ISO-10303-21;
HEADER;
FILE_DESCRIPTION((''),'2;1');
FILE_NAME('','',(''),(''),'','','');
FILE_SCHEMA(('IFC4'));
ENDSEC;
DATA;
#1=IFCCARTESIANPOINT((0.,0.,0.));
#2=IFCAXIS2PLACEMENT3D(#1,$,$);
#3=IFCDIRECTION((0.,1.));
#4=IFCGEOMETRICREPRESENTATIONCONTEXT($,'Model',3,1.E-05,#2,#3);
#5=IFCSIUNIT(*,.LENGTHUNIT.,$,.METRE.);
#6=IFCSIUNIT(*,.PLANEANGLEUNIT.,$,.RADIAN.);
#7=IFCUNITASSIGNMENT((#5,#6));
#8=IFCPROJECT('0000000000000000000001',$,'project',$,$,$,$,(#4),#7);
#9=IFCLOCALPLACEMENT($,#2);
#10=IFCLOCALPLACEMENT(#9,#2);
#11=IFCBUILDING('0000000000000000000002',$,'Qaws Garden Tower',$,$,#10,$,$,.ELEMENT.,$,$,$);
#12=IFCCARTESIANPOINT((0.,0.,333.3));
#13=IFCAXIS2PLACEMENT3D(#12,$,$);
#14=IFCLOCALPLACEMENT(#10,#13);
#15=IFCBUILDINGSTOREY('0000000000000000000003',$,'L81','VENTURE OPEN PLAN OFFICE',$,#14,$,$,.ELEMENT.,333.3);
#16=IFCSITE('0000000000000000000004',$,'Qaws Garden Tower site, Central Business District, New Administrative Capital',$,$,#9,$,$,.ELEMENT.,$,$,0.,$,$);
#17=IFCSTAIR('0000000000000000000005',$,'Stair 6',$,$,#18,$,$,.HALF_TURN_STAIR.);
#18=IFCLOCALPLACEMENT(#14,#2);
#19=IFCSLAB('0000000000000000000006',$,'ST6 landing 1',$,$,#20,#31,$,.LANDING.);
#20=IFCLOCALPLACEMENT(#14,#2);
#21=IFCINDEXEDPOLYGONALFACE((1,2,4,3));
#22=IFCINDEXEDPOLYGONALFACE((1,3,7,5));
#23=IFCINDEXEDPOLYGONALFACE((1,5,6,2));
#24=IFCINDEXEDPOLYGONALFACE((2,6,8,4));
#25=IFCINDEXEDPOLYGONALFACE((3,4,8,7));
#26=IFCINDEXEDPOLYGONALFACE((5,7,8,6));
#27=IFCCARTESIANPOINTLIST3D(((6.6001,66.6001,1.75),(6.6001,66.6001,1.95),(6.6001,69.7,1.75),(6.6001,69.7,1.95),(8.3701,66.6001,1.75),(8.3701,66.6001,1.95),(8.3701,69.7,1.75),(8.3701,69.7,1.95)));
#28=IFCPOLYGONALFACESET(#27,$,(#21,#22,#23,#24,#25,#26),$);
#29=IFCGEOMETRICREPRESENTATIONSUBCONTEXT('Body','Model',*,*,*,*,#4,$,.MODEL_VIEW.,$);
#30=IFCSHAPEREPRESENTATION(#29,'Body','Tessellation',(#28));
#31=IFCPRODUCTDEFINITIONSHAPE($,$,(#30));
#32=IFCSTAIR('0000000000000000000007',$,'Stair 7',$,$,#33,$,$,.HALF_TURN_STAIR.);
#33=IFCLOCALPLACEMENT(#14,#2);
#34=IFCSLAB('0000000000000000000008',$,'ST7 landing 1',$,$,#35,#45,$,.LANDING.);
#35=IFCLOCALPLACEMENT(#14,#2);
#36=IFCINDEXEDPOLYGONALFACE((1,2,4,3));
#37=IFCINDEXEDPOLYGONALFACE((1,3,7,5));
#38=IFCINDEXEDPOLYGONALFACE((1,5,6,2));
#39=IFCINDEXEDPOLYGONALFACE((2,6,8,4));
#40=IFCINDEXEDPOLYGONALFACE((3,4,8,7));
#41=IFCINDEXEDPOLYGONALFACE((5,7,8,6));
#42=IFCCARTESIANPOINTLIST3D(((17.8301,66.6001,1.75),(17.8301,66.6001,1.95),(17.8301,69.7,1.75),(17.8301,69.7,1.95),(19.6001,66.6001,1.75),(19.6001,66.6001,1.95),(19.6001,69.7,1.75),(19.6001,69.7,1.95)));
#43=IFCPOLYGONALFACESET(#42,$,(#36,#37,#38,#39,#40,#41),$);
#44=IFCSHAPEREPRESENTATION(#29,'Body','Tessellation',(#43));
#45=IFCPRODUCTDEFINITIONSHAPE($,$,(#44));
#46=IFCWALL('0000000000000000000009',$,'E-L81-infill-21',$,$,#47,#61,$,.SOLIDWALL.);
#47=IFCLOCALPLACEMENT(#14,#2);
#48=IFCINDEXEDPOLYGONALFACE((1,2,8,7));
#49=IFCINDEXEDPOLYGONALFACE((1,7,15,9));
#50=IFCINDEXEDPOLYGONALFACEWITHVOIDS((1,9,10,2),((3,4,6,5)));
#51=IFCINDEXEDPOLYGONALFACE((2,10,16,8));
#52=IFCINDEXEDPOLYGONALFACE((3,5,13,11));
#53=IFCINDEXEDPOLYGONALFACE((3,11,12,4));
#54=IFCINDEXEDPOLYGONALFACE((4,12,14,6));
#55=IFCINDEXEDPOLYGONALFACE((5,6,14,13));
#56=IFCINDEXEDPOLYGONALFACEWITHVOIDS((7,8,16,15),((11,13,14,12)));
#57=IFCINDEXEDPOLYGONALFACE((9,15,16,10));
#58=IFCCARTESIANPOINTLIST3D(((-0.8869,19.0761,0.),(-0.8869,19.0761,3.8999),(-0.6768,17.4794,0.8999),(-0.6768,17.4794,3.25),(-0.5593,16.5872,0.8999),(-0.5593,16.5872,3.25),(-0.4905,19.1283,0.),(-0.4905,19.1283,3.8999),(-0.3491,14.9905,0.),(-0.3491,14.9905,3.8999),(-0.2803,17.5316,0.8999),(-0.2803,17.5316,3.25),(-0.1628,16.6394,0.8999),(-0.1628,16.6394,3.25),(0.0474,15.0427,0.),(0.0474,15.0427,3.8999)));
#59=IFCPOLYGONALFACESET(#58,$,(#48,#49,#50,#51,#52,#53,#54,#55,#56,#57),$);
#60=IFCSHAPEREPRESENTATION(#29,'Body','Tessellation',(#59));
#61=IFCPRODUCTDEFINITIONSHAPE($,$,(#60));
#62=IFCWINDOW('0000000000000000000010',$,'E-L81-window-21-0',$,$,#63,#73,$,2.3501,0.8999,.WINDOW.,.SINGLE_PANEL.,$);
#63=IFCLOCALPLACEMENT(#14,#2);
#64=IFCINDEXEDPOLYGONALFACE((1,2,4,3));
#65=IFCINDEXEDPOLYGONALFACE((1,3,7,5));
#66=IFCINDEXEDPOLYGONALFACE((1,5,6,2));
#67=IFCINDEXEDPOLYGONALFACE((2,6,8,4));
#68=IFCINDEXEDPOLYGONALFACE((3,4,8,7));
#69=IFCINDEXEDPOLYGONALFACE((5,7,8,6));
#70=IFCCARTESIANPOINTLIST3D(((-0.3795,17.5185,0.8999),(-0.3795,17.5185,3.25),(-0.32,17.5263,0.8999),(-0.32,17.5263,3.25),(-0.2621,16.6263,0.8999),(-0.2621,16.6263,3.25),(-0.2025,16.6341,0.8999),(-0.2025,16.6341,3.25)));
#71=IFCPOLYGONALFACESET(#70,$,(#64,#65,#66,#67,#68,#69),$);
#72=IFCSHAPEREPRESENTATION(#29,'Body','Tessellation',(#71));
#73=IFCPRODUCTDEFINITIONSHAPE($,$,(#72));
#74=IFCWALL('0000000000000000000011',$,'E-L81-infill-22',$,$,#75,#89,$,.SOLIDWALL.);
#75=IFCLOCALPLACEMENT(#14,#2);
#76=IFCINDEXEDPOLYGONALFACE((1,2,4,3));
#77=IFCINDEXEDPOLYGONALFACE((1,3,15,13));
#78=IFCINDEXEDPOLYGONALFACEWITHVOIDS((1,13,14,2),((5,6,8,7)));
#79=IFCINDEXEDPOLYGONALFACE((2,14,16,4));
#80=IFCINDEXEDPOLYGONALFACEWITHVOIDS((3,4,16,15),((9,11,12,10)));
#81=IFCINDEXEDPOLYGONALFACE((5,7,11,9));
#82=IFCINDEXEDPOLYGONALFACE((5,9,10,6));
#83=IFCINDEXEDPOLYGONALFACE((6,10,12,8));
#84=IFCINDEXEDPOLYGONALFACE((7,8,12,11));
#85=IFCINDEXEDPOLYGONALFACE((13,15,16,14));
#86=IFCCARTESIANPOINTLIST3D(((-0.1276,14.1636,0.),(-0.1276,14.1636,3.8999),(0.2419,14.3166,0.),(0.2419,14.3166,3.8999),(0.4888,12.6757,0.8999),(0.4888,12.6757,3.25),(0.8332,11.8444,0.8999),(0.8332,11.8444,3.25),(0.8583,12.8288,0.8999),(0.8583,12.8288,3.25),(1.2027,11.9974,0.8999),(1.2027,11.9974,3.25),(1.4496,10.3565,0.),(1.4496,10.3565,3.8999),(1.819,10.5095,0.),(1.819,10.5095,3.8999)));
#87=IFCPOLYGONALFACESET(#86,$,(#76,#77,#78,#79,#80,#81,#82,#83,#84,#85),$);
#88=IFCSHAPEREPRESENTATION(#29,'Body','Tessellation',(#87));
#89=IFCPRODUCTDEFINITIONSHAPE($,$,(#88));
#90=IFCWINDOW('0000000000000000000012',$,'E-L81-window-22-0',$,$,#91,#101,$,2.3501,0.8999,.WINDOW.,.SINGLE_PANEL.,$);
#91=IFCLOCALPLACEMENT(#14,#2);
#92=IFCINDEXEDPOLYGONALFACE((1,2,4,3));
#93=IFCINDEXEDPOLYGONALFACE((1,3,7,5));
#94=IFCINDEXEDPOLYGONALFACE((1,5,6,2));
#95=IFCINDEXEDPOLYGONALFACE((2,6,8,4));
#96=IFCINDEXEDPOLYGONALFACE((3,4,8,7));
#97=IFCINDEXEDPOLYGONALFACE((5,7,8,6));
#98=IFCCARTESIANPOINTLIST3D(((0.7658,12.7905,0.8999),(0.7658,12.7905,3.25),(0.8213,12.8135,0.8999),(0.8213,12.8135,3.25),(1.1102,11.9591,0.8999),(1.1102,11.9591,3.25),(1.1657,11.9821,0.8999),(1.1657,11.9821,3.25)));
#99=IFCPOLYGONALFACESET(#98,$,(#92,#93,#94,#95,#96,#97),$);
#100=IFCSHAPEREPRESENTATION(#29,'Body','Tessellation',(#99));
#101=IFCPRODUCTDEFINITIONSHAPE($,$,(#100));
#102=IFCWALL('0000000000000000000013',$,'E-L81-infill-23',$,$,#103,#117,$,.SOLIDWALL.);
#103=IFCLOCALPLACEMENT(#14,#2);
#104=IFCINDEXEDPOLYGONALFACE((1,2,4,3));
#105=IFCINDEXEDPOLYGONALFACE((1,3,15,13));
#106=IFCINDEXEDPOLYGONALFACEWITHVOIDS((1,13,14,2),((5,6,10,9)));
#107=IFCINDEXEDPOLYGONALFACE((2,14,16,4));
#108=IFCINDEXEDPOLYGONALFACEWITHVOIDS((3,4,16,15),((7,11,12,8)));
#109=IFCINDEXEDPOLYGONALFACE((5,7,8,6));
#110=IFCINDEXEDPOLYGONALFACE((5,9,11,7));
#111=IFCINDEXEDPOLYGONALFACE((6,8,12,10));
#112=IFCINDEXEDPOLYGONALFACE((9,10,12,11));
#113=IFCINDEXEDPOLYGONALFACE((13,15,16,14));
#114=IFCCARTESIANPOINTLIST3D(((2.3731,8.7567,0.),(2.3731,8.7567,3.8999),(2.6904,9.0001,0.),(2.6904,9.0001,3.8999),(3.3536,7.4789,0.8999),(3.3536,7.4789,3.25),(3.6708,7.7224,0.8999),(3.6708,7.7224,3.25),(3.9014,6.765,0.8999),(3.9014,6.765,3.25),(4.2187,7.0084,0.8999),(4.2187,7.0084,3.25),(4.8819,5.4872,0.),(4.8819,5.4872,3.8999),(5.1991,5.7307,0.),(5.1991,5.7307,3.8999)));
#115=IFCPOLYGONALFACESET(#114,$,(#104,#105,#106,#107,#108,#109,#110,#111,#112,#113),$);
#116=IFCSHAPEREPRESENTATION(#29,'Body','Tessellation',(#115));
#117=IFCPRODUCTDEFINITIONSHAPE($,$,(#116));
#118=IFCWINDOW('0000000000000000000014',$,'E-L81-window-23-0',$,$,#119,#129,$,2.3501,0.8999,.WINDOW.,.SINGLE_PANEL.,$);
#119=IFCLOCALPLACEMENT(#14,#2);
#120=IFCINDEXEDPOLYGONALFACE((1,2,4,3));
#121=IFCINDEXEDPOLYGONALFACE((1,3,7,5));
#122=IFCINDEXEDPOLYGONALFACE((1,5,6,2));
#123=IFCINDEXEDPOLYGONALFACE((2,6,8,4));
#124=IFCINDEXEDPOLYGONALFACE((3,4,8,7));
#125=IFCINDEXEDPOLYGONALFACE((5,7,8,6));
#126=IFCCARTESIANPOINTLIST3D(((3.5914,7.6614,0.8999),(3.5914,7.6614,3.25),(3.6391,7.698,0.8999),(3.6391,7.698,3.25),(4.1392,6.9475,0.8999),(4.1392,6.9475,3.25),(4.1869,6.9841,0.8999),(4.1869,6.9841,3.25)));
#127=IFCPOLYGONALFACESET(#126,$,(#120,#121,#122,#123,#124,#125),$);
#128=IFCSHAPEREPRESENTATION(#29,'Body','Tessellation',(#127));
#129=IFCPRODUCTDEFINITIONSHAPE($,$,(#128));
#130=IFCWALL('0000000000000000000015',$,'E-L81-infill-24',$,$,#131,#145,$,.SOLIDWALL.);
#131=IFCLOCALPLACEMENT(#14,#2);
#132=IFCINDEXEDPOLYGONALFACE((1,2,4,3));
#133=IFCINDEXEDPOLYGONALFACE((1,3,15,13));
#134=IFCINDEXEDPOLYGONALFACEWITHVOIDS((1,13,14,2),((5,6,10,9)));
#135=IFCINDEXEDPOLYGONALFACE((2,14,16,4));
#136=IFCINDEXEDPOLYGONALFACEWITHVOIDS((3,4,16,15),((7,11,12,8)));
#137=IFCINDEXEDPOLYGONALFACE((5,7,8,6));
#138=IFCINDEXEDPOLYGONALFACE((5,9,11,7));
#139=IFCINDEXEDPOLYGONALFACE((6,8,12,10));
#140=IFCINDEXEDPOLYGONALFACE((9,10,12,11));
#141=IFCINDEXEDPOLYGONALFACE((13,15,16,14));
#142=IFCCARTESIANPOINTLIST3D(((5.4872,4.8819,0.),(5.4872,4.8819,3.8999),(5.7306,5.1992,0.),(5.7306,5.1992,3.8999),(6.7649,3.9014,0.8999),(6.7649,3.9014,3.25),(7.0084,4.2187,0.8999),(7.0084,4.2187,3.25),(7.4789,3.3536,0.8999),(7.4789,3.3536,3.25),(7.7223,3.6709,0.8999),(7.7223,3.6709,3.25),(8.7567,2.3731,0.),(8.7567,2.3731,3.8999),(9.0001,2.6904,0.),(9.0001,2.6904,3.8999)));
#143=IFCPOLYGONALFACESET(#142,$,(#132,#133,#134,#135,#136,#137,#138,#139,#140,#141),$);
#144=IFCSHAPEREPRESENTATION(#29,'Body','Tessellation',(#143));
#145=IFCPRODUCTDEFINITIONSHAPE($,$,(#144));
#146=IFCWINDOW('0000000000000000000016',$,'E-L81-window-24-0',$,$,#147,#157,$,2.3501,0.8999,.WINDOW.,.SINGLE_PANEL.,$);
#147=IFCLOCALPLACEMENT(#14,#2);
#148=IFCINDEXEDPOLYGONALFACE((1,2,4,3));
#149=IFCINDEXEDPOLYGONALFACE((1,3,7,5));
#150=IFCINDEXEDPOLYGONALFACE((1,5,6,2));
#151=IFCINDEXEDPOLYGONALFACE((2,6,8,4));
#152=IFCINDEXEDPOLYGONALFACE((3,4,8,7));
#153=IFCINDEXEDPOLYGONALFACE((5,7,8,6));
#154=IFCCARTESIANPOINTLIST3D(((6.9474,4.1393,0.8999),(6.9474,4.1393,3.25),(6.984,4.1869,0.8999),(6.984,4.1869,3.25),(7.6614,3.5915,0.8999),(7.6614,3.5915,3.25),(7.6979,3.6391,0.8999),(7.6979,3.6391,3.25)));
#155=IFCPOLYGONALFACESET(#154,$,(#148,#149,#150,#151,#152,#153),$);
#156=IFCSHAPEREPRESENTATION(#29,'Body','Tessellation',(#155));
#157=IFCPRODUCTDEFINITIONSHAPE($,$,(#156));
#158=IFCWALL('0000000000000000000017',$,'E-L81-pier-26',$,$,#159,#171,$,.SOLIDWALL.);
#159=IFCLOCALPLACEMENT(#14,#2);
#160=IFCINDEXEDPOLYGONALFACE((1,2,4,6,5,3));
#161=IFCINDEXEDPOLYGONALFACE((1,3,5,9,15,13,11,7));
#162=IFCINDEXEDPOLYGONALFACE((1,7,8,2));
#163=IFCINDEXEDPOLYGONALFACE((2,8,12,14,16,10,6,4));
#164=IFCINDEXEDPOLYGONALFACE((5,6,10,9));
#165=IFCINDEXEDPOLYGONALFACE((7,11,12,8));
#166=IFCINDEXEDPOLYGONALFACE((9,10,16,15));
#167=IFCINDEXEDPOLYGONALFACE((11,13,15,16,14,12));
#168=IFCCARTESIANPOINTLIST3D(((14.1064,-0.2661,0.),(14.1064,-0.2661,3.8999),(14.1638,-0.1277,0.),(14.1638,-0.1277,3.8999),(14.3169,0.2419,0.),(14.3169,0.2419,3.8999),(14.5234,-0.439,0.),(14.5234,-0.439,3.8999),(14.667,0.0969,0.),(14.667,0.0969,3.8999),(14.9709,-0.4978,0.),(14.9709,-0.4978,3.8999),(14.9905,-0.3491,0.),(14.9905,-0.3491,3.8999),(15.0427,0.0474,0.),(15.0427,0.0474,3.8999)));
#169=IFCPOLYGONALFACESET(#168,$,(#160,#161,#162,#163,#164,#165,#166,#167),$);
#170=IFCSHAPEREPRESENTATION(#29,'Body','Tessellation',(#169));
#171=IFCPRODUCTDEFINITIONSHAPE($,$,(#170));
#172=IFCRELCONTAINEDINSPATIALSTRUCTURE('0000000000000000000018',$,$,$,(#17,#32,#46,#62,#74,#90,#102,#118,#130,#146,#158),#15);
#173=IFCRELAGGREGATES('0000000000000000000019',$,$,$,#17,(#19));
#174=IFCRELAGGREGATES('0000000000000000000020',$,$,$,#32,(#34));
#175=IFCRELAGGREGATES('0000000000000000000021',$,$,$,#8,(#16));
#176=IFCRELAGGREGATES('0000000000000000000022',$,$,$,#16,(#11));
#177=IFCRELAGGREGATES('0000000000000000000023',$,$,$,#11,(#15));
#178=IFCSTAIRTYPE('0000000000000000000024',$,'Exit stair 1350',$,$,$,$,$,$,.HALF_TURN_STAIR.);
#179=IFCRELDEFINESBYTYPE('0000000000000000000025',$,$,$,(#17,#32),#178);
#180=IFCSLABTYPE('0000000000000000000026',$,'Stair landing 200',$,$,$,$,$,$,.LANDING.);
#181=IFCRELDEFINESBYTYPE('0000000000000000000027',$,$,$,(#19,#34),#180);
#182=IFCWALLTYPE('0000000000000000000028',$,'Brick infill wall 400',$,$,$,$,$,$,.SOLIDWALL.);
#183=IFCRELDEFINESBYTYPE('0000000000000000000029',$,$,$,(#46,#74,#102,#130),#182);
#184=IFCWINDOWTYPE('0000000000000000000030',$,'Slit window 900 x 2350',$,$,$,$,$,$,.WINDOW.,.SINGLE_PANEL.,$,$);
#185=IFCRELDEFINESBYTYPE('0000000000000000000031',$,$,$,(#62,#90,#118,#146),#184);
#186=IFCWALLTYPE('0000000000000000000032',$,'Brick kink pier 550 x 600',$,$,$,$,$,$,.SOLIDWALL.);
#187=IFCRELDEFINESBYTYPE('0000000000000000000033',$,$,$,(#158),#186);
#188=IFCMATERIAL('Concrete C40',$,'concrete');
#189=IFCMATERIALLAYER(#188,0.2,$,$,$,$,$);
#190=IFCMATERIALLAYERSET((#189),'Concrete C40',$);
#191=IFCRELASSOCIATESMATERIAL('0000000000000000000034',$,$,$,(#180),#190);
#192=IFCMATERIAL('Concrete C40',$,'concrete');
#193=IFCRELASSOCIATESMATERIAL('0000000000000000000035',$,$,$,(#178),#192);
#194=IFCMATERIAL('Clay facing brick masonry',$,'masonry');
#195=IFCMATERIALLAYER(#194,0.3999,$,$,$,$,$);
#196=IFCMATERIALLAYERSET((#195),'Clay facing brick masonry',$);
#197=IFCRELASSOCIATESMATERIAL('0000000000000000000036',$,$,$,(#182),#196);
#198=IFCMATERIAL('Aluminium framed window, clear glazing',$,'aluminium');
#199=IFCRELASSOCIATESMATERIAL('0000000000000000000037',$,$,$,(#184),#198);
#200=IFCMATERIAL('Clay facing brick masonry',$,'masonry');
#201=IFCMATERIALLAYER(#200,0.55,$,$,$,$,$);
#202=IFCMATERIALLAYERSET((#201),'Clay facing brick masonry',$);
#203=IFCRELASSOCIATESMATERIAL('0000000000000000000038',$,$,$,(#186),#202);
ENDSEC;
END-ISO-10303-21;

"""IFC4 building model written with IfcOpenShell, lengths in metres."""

from ifc_helpers import new_model, si_unit, direction, frame, frame_2d, origin, place, context, subcontext, project, spatial, polyline, rectangle, outline, extrude, material, layer, layer_set, type_object, element, fill, aggregate, save


model = new_model("IFC4")

# Units and contexts
model_context = context("Model", 3, precision=1e-05, world=origin(), true_north=direction((0.0, 1.0)))
body_context = subcontext(model_context, "Body", "Model", "MODEL_VIEW")
ifc_project = project(units=[si_unit("LENGTHUNIT", "METRE"), si_unit("PLANEANGLEUNIT", "RADIAN")], contexts=[model_context])

# Site, building, storey
site_placement = place(None, origin())
site = spatial("IfcSite", under=ifc_project, at=site_placement, Name="Qaws Garden Tower site, Central Business District, New Administrative Capital", CompositionType="ELEMENT", RefElevation=0.0)
building_placement = place(site_placement, origin())
building = spatial("IfcBuilding", under=site, at=building_placement, Name="Qaws Garden Tower", CompositionType="ELEMENT")
storey_placement = place(building_placement, frame((0.0, 0.0, 333.3)))
storey = spatial("IfcBuildingStorey", under=building, at=storey_placement, Name="L81", Description="VENTURE OPEN PLAN OFFICE", CompositionType="ELEMENT", Elevation=333.3)

# Stairs, slabs
placement_1 = place(storey_placement, origin())
ifc_material_1 = material(Name="Concrete C40", Category="concrete")
ifc_layer_1 = layer(ifc_material_1, 0.2)
ifc_layer_set_1 = layer_set([ifc_layer_1], Name="Concrete C40")
slab_type = type_object("IfcSlabType", Name="Stair landing 200", PredefinedType="LANDING", material=ifc_layer_set_1)
placement_2 = place(storey_placement, frame((0.0, 0.0, 1.75)))
ifc_material_2 = material(Name="Concrete C40", Category="concrete")
stair_type_1 = type_object("IfcStairType", Name="Exit stair 1350", PredefinedType="HALF_TURN_STAIR", material=ifc_material_2)
stair_1 = element("IfcStair", 1, at=placement_1, inside=storey, type_object=stair_type_1, Name="Stair 6", PredefinedType="HALF_TURN_STAIR")
slab_1 = element("IfcSlab", 2, at=placement_2, type_object=slab_type, Name="ST6 landing 1", PredefinedType="LANDING", context=body_context, shape_type="SweptSolid", body=[
    extrude(outline(polyline([(6.6001, 66.6001), (8.3701, 66.6001), (8.3701, 69.7), (6.6001, 69.7), (6.6001, 66.6001)])), origin(), (0.0, 0.0, 1.0), 0.2),
])
aggregate(stair_1, [slab_1])
stair_2 = element("IfcStair", 3, at=placement_1, inside=storey, type_object=stair_type_1, Name="Stair 7", PredefinedType="HALF_TURN_STAIR")
slab_2 = element("IfcSlab", 4, at=placement_2, type_object=slab_type, Name="ST7 landing 1", PredefinedType="LANDING", context=body_context, shape_type="SweptSolid", body=[
    extrude(outline(polyline([(17.8301, 66.6001), (19.6001, 66.6001), (19.6001, 69.7), (17.8301, 69.7), (17.8301, 66.6001)])), origin(), (0.0, 0.0, 1.0), 0.2),
])
aggregate(stair_2, [slab_2])

# Walls, openings, windows
ifc_material_3 = material(Name="Clay facing brick masonry", Category="masonry")
ifc_layer_2 = layer(ifc_material_3, 0.3999)
ifc_layer_set_2 = layer_set([ifc_layer_2], Name="Clay facing brick masonry")
wall_type_1 = type_object("IfcWallType", Name="Brick infill wall 400", PredefinedType="SOLIDWALL", material=ifc_layer_set_2)
wall_1_placement = place(storey_placement, frame((-0.6887, 19.1023, 0.0), z_axis=(0.0, 0.0, 1.0), x_axis=(0.130514, -0.991446, 0.0)))
wall_1 = element("IfcWall", 5, at=wall_1_placement, inside=storey, type_object=wall_type_1, Name="E-L81-infill-21", PredefinedType="SOLIDWALL", context=body_context, shape_type="SweptSolid", body=[
    extrude(rectangle(XDim=4.1208, YDim=0.3999, at=frame_2d((2.0605, 0.0))), origin(), (0.0, 0.0, 1.0), 3.8999),
])
opening_1_placement = place(wall_1_placement, frame((1.6106, 0.0, 0.8999)))
opening_1 = element("IfcOpeningElement", 6, at=opening_1_placement, cuts=wall_1, PredefinedType="OPENING", context=body_context, shape_type="SweptSolid", body=[
    extrude(rectangle(XDim=0.8999, YDim=2.3501, at=frame_2d((0.45, 1.175))), frame((0.0, 0.21, 0.0), z_axis=(0.0, -1.0, 0.0), x_axis=(1.0, 0.0, 0.0)), (0.0, 0.0, 1.0), 0.4199),
])
ifc_material_4 = material(Name="Aluminium framed window, clear glazing", Category="aluminium")
window_type = type_object("IfcWindowType", Name="Slit window 900 x 2350", PartitioningType="SINGLE_PANEL", PredefinedType="WINDOW", material=ifc_material_4)
window_1_placement = place(opening_1_placement, origin())
window_1 = element("IfcWindow", 7, at=window_1_placement, inside=storey, type_object=window_type, Name="E-L81-window-21-0", OverallHeight=2.3501, OverallWidth=0.8999, PartitioningType="SINGLE_PANEL", PredefinedType="WINDOW", context=body_context, shape_type="SweptSolid", body=[
    extrude(rectangle(XDim=0.8999, YDim=2.3501, at=frame_2d((0.45, 1.175))), frame((0.0, 0.1599, 0.0), z_axis=(0.0, -1.0, 0.0), x_axis=(1.0, 0.0, 0.0)), (0.0, 0.0, 1.0), 0.0601),
])
fill(opening_1, window_1)
wall_2_placement = place(storey_placement, frame((0.0571, 14.2402, 0.0), z_axis=(0.0, 0.0, 1.0), x_axis=(0.382722, -0.923864, 0.0)))
wall_2 = element("IfcWall", 8, at=wall_2_placement, inside=storey, type_object=wall_type_1, Name="E-L81-infill-22", PredefinedType="SOLIDWALL", context=body_context, shape_type="SweptSolid", body=[
    extrude(rectangle(XDim=4.1208, YDim=0.3999, at=frame_2d((2.0605, 0.0))), origin(), (0.0, 0.0, 1.0), 3.8999),
])
opening_2_placement = place(wall_2_placement, frame((1.6106, 0.0, 0.8999)))
opening_2 = element("IfcOpeningElement", 9, at=opening_2_placement, cuts=wall_2, PredefinedType="OPENING", context=body_context, shape_type="SweptSolid", body=[
    extrude(rectangle(XDim=0.8999, YDim=2.3501, at=frame_2d((0.45, 1.175))), frame((0.0, 0.21, 0.0), z_axis=(0.0, -1.0, 0.0), x_axis=(1.0, 0.0, 0.0)), (0.0, 0.0, 1.0), 0.4199),
])
window_2_placement = place(opening_2_placement, origin())
window_2 = element("IfcWindow", 10, at=window_2_placement, inside=storey, type_object=window_type, Name="E-L81-window-22-0", OverallHeight=2.3501, OverallWidth=0.8999, PartitioningType="SINGLE_PANEL", PredefinedType="WINDOW", context=body_context, shape_type="SweptSolid", body=[
    extrude(rectangle(XDim=0.8999, YDim=2.3501, at=frame_2d((0.45, 1.175))), frame((0.0, 0.1599, 0.0), z_axis=(0.0, -1.0, 0.0), x_axis=(1.0, 0.0, 0.0)), (0.0, 0.0, 1.0), 0.0601),
])
fill(opening_2, window_2)
wall_3_placement = place(storey_placement, frame((2.5317, 8.8784, 0.0), z_axis=(0.0, 0.0, 1.0), x_axis=(0.60876, -0.793355, 0.0)))
wall_3 = element("IfcWall", 11, at=wall_3_placement, inside=storey, type_object=wall_type_1, Name="E-L81-infill-23", PredefinedType="SOLIDWALL", context=body_context, shape_type="SweptSolid", body=[
    extrude(rectangle(XDim=4.1211, YDim=0.3999, at=frame_2d((2.0605, 0.0))), origin(), (0.0, 0.0, 1.0), 3.8999),
])
opening_3_placement = place(wall_3_placement, frame((1.6106, 0.0, 0.8999)))
opening_3 = element("IfcOpeningElement", 12, at=opening_3_placement, cuts=wall_3, PredefinedType="OPENING", context=body_context, shape_type="SweptSolid", body=[
    extrude(rectangle(XDim=0.8999, YDim=2.3501, at=frame_2d((0.45, 1.175))), frame((0.0, 0.21, 0.0), z_axis=(0.0, -1.0, 0.0), x_axis=(1.0, 0.0, 0.0)), (0.0, 0.0, 1.0), 0.4199),
])
window_3_placement = place(opening_3_placement, origin())
window_3 = element("IfcWindow", 13, at=window_3_placement, inside=storey, type_object=window_type, Name="E-L81-window-23-0", OverallHeight=2.3501, OverallWidth=0.8999, PartitioningType="SINGLE_PANEL", PredefinedType="WINDOW", context=body_context, shape_type="SweptSolid", body=[
    extrude(rectangle(XDim=0.8999, YDim=2.3501, at=frame_2d((0.45, 1.175))), frame((0.0, 0.1599, 0.0), z_axis=(0.0, -1.0, 0.0), x_axis=(1.0, 0.0, 0.0)), (0.0, 0.0, 1.0), 0.0601),
])
fill(opening_3, window_3)
wall_4_placement = place(storey_placement, frame((5.6089, 5.0405, 0.0), z_axis=(0.0, 0.0, 1.0), x_axis=(0.793355, -0.60876, 0.0)))
wall_4 = element("IfcWall", 14, at=wall_4_placement, inside=storey, type_object=wall_type_1, Name="E-L81-infill-24", PredefinedType="SOLIDWALL", context=body_context, shape_type="SweptSolid", body=[
    extrude(rectangle(XDim=4.1211, YDim=0.3999, at=frame_2d((2.0605, 0.0))), origin(), (0.0, 0.0, 1.0), 3.8999),
])
opening_4_placement = place(wall_4_placement, frame((1.6106, 0.0, 0.8999)))
opening_4 = element("IfcOpeningElement", 15, at=opening_4_placement, cuts=wall_4, PredefinedType="OPENING", context=body_context, shape_type="SweptSolid", body=[
    extrude(rectangle(XDim=0.8999, YDim=2.3501, at=frame_2d((0.45, 1.175))), frame((0.0, 0.21, 0.0), z_axis=(0.0, -1.0, 0.0), x_axis=(1.0, 0.0, 0.0)), (0.0, 0.0, 1.0), 0.4199),
])
window_4_placement = place(opening_4_placement, origin())
window_4 = element("IfcWindow", 16, at=window_4_placement, inside=storey, type_object=window_type, Name="E-L81-window-24-0", OverallHeight=2.3501, OverallWidth=0.8999, PartitioningType="SINGLE_PANEL", PredefinedType="WINDOW", context=body_context, shape_type="SweptSolid", body=[
    extrude(rectangle(XDim=0.8999, YDim=2.3501, at=frame_2d((0.45, 1.175))), frame((0.0, 0.1599, 0.0), z_axis=(0.0, -1.0, 0.0), x_axis=(1.0, 0.0, 0.0)), (0.0, 0.0, 1.0), 0.0601),
])
fill(opening_4, window_4)

# Wall
ifc_material_5 = material(Name="Clay facing brick masonry", Category="masonry")
ifc_layer_3 = layer(ifc_material_5, 0.55)
ifc_layer_set_3 = layer_set([ifc_layer_3], Name="Clay facing brick masonry")
wall_type_2 = type_object("IfcWallType", Name="Brick kink pier 550 x 600", PredefinedType="SOLIDWALL", material=ifc_layer_set_3)
element("IfcWall", 17, at=placement_1, inside=storey, type_object=wall_type_2, Name="E-L81-pier-26", PredefinedType="SOLIDWALL", context=body_context, shape_type="SweptSolid", body=[
    extrude(outline(polyline([(14.1638, -0.1277), (14.1064, -0.2661), (14.5234, -0.439), (14.9709, -0.4978), (14.9905, -0.3491), (15.0427, 0.0474), (14.667, 0.0969), (14.3169, 0.2419), (14.1638, -0.1277)])), origin(), (0.0, 0.0, 1.0), 3.8999),
])

save(model, "model.ifc")
